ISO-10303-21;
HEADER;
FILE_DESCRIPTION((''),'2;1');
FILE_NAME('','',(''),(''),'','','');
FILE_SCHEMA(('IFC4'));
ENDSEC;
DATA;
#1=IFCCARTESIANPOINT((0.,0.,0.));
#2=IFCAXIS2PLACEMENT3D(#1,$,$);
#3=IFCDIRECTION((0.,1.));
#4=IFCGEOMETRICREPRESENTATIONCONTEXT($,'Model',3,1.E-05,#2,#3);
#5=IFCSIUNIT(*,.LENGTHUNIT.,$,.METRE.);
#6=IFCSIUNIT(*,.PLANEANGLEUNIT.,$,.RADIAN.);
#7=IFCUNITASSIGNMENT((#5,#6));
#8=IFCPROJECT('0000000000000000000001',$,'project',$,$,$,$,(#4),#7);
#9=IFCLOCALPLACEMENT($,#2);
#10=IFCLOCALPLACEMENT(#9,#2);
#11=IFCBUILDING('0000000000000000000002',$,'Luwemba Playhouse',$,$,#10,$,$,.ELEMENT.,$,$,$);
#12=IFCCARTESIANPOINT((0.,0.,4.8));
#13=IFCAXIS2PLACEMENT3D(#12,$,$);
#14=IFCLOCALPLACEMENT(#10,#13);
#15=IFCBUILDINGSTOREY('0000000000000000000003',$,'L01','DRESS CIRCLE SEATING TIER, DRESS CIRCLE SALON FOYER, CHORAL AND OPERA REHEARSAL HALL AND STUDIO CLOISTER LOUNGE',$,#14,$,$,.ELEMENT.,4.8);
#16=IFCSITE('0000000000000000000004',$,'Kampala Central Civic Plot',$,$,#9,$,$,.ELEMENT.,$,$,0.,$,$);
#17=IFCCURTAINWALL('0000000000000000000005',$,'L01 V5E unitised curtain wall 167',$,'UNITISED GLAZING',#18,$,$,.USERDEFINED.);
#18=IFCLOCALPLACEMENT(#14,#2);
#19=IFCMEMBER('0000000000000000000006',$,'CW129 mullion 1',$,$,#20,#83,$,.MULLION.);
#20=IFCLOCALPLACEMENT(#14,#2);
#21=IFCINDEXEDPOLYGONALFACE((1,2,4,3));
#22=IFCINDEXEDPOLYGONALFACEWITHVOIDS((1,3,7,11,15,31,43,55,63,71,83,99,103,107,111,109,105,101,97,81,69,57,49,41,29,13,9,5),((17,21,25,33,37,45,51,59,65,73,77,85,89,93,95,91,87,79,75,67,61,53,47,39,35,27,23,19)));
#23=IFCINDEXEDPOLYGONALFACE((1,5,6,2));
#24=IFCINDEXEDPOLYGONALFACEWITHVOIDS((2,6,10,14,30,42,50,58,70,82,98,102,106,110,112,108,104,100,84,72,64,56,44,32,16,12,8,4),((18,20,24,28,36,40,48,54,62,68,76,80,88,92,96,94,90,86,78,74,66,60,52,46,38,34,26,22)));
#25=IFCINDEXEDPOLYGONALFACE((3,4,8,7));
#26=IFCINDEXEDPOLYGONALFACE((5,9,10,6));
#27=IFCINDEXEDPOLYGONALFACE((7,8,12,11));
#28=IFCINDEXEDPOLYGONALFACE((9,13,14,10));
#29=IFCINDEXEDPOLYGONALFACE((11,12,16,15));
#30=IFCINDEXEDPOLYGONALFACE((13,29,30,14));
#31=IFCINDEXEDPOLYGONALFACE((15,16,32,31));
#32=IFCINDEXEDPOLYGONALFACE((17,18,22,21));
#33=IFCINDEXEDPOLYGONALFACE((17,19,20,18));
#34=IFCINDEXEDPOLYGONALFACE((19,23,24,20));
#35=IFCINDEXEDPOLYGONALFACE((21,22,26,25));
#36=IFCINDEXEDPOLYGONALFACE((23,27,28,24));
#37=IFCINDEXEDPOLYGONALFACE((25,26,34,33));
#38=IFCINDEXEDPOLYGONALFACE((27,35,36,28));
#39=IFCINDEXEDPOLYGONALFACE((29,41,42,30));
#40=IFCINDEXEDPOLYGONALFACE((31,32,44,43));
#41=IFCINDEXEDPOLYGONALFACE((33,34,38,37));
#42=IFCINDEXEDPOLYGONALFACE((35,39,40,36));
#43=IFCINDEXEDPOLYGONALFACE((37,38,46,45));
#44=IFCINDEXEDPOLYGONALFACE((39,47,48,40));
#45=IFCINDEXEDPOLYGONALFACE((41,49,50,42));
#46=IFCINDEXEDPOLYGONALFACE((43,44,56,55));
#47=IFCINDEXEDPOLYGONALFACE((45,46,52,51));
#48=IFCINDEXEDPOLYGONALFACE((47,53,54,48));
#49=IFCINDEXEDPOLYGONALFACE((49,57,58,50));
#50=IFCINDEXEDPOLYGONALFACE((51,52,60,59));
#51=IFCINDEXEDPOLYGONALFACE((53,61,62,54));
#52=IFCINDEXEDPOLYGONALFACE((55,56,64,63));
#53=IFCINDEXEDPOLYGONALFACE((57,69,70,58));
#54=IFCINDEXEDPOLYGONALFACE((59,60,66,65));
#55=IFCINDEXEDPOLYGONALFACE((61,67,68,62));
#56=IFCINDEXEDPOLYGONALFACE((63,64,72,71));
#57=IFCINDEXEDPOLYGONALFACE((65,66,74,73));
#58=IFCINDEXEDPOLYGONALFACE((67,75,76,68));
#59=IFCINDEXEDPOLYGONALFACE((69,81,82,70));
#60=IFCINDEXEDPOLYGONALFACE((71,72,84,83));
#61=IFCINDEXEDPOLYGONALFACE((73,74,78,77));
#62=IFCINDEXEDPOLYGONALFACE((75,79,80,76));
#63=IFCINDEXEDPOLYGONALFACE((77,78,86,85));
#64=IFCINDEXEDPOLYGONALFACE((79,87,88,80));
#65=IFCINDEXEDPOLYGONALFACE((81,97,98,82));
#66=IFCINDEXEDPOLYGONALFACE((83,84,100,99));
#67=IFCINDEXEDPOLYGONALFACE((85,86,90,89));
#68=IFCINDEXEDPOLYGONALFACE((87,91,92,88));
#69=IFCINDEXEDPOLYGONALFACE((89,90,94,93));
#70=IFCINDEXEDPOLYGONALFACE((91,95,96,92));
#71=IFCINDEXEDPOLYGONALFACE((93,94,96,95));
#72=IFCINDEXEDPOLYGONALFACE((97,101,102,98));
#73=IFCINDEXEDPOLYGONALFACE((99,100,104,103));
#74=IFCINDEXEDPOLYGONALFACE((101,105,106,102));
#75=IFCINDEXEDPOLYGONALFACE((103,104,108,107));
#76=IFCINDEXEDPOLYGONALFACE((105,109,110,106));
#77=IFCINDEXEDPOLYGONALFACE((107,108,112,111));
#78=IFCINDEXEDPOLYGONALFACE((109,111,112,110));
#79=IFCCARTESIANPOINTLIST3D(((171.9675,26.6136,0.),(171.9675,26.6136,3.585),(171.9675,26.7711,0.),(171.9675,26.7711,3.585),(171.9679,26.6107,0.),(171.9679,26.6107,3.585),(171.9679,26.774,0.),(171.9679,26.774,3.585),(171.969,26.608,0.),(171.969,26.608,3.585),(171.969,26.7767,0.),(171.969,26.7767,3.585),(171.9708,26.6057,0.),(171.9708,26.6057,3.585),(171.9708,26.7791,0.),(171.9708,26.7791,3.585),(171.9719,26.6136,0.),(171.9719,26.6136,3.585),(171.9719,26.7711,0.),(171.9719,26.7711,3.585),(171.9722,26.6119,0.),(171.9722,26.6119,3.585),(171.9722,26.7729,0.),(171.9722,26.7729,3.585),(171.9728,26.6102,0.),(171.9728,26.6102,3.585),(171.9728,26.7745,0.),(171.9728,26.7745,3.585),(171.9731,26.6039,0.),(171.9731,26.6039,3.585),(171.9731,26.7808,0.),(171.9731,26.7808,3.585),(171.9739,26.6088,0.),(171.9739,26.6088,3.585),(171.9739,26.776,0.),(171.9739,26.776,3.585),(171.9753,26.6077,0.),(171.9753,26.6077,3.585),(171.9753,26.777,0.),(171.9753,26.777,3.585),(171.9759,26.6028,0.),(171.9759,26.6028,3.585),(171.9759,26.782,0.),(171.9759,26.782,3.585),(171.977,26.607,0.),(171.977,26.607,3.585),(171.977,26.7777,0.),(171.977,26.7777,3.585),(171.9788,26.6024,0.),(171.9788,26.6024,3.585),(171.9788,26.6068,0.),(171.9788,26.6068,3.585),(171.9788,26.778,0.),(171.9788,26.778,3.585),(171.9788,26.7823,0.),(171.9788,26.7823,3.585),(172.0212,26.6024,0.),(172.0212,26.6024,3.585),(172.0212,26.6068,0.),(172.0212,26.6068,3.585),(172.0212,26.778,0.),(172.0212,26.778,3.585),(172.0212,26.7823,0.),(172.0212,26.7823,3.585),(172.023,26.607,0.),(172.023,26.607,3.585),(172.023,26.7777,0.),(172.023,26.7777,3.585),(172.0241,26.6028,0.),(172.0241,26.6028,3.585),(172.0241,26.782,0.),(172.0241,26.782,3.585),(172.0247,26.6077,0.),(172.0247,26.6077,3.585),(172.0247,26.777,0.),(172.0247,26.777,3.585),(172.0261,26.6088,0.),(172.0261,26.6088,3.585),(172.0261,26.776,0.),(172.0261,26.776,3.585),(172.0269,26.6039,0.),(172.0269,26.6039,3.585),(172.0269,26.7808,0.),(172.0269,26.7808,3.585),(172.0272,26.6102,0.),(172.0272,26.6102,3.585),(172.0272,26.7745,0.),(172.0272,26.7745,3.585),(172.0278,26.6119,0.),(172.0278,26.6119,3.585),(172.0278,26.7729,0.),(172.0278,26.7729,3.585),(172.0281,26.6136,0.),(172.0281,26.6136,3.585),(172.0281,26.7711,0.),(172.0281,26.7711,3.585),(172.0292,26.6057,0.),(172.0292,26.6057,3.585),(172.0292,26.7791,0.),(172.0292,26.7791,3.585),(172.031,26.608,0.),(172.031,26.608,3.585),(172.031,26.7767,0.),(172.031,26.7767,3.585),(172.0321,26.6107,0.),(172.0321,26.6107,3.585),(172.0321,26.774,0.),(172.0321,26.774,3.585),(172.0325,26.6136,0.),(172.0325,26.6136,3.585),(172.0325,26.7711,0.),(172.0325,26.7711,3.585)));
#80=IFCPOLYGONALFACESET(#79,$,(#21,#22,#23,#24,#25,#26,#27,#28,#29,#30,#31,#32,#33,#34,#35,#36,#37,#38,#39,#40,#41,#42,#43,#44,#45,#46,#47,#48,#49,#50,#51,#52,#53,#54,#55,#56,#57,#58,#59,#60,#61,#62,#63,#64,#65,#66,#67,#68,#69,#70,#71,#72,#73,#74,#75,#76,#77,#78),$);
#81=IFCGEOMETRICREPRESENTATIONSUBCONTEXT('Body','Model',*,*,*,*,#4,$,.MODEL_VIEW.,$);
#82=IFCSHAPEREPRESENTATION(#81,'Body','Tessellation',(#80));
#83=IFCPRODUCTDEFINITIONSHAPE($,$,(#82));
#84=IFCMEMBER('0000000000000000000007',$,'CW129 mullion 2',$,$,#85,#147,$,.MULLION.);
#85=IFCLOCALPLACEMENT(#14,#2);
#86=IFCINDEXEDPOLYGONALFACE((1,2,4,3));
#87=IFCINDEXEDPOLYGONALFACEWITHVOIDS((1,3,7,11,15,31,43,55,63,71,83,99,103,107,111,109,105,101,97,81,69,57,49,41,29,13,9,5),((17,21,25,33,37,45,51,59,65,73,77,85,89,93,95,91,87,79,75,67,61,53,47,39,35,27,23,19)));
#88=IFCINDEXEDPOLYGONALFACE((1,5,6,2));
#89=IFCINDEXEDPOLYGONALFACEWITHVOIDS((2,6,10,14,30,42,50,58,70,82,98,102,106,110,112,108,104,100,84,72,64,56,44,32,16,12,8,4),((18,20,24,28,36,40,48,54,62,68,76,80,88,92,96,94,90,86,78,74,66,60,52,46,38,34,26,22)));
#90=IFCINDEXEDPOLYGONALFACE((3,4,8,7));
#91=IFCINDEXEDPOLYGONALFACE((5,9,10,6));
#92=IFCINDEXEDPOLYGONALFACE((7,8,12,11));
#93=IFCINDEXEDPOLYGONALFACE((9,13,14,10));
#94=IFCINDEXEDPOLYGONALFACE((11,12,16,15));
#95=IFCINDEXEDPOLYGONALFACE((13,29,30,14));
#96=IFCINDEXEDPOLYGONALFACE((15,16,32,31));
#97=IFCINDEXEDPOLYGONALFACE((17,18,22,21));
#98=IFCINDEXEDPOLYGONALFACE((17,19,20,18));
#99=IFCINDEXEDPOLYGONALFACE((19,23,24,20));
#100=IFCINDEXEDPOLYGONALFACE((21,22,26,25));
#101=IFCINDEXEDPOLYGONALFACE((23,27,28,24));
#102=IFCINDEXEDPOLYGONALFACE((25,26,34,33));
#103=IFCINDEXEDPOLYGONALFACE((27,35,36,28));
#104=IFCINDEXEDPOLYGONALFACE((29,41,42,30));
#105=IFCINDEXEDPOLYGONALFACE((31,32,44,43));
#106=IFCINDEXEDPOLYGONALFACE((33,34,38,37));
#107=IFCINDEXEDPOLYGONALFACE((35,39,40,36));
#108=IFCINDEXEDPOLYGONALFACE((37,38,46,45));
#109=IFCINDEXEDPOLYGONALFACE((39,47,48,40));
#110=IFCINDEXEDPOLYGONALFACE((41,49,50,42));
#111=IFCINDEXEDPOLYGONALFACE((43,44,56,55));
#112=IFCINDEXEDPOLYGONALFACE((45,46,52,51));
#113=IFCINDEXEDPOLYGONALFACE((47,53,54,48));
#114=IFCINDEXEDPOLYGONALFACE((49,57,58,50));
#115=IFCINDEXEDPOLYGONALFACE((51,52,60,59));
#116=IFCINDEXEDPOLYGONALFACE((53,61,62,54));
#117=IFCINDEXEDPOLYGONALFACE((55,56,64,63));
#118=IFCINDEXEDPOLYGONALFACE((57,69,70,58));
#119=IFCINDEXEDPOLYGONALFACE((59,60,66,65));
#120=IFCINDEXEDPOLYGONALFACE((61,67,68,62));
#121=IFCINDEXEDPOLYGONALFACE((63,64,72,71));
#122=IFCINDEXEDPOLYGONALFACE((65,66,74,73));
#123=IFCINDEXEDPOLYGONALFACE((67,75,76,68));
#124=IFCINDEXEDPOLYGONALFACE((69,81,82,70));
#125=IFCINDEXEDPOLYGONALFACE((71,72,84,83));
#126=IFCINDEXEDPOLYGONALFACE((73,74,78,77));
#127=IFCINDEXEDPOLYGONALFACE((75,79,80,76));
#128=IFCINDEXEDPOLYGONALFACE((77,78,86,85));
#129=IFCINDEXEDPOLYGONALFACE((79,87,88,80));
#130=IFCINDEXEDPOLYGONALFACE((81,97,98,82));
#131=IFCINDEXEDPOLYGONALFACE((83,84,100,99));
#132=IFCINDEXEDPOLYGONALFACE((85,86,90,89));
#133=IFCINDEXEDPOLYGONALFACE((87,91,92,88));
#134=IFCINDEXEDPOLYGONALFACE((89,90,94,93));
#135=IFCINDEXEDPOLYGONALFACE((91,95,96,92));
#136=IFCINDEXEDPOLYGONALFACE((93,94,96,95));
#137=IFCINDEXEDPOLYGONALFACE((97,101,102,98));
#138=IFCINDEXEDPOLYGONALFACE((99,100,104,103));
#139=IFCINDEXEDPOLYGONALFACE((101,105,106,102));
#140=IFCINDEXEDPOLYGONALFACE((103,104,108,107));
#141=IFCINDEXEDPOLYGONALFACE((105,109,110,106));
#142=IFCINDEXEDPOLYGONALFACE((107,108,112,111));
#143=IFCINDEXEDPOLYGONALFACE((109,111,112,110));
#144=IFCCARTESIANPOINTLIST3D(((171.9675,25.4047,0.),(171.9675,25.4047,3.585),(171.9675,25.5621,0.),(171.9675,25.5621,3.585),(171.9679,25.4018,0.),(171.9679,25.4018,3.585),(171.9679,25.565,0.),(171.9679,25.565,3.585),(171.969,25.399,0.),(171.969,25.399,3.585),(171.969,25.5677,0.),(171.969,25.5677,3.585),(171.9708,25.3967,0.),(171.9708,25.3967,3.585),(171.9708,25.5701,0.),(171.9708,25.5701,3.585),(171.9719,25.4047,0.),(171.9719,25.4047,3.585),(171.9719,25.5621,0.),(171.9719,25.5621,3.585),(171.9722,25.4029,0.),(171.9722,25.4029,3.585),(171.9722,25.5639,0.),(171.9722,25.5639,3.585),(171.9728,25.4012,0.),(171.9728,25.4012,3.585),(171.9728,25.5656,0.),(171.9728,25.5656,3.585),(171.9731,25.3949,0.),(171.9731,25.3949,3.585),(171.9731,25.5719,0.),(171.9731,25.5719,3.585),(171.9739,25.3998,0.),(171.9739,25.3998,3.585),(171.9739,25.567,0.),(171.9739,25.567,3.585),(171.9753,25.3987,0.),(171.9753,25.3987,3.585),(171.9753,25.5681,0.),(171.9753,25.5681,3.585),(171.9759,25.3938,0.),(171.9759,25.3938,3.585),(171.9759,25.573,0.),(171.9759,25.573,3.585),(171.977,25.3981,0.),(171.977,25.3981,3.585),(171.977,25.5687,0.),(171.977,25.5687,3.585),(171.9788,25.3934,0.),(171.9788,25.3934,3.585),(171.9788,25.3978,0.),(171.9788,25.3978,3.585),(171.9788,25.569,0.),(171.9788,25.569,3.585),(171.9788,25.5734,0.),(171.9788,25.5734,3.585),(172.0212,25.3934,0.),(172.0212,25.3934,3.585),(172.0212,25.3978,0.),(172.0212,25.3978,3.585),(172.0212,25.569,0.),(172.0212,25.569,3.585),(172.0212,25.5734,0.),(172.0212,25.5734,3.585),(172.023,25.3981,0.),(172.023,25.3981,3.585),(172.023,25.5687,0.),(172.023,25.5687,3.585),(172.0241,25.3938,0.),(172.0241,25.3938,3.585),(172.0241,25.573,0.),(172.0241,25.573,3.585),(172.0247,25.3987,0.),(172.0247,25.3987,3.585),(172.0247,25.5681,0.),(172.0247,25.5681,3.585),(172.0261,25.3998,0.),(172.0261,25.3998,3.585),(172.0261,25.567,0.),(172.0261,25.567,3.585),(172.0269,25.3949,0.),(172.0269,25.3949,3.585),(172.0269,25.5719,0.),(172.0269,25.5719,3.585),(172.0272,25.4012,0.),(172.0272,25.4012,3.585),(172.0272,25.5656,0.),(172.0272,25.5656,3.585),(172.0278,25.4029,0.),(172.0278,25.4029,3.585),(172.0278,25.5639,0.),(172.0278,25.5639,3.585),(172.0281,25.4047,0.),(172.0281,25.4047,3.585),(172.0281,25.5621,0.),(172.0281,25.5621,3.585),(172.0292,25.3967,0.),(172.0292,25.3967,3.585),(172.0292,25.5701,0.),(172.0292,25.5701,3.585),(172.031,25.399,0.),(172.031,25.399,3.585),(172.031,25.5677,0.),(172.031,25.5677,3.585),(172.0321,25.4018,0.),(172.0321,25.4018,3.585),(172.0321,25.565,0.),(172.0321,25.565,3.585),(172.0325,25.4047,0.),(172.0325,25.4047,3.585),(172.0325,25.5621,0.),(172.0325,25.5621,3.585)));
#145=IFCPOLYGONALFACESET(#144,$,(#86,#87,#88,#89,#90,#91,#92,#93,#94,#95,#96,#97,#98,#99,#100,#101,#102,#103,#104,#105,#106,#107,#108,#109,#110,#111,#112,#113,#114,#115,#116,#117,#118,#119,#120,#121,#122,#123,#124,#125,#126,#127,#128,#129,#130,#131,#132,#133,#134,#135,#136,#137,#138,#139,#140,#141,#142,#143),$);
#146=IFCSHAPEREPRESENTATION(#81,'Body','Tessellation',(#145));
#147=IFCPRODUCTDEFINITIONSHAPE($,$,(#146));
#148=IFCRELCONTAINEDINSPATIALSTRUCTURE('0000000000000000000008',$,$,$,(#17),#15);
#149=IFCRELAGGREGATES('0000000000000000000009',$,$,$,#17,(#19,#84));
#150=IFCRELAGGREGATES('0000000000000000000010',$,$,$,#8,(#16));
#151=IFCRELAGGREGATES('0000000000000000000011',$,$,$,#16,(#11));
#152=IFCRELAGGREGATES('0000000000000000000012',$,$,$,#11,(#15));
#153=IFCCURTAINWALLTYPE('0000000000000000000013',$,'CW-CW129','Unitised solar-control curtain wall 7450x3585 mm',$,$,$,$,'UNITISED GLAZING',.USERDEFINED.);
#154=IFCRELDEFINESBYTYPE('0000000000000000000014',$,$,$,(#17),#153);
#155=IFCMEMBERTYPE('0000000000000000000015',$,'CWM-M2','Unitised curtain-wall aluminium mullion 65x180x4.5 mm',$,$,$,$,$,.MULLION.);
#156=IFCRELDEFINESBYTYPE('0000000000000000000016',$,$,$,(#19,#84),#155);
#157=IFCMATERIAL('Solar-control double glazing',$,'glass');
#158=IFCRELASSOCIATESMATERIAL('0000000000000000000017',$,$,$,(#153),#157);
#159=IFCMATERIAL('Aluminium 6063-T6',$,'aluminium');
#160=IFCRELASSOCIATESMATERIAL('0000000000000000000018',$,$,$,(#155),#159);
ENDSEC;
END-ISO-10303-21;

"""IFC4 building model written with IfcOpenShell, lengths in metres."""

from ifc_helpers import new_model, si_unit, direction, frame, origin, origin_2d, place, context, subcontext, project, spatial, hollow_rectangle, extrude, material, material_profile, profile_set, type_object, element, aggregate, save


model = new_model("IFC4")

# Units and contexts
model_context = context("Model", 3, precision=1e-05, world=origin(), true_north=direction((0.0, 1.0)))
body_context = subcontext(model_context, "Body", "Model", "MODEL_VIEW")
ifc_project = project(units=[si_unit("LENGTHUNIT", "METRE"), si_unit("PLANEANGLEUNIT", "RADIAN")], contexts=[model_context])

# Site, building, storey
site_placement = place(None, origin())
site = spatial("IfcSite", under=ifc_project, at=site_placement, Name="Kampala Central Civic Plot", CompositionType="ELEMENT", RefElevation=0.0)
building_placement = place(site_placement, origin())
building = spatial("IfcBuilding", under=site, at=building_placement, Name="Luwemba Playhouse", CompositionType="ELEMENT")
storey_placement = place(building_placement, frame((0.0, 0.0, 4.8)))
storey = spatial("IfcBuildingStorey", under=building, at=storey_placement, Name="L01", Description="DRESS CIRCLE SEATING TIER, DRESS CIRCLE SALON FOYER, CHORAL AND OPERA REHEARSAL HALL AND STUDIO CLOISTER LOUNGE", CompositionType="ELEMENT", Elevation=4.8)

# Curtain wall, members
ifc_material_1 = material(Name="Solar-control double glazing", Category="glass")
curtain_wall_type = type_object("IfcCurtainWallType", Name="CW-CW129", Description="Unitised solar-control curtain wall 7450x3585 mm", ElementType="UNITISED GLAZING", PredefinedType="USERDEFINED", material=ifc_material_1)
curtain_wall_placement = place(storey_placement, origin())
curtain_wall = element("IfcCurtainWall", 1, at=curtain_wall_placement, inside=storey, type_object=curtain_wall_type, Name="L01 V5E unitised curtain wall 167", ObjectType="UNITISED GLAZING", PredefinedType="USERDEFINED")
ifc_material_2 = material(Name="Aluminium 6063-T6", Category="aluminium")
ifc_material_profile_1 = material_profile(ifc_material_2, hollow_rectangle(XDim=0.0649, YDim=0.1799, WallThickness=0.0044, InnerFilletRadius=0.0068, OuterFilletRadius=0.0112, at=origin_2d()))
ifc_profile_set_1 = profile_set([ifc_material_profile_1], Name="Aluminium 6063-T6")
member_type_1 = type_object("IfcMemberType", Name="CWM-M2", Description="Unitised curtain-wall aluminium mullion 65x180x4.5 mm", PredefinedType="MULLION", material=ifc_profile_set_1)
member_1_placement = place(storey_placement, frame((172.0, 26.6924, 0.0), z_axis=(0.0, 0.0, 1.0), x_axis=(1.0, 0.0, 0.0)))
member_1 = element("IfcMember", 2, at=member_1_placement, type_object=member_type_1, Name="CW129 mullion 1", PredefinedType="MULLION", context=body_context, shape_type="SweptSolid", body=[
    extrude(hollow_rectangle(XDim=0.0649, YDim=0.1799, WallThickness=0.0044, InnerFilletRadius=0.0068, OuterFilletRadius=0.0112, at=origin_2d()), origin(), (0.0, 0.0, 1.0), 3.585),
])
member_2_placement = place(storey_placement, frame((172.0, 25.4834, 0.0), z_axis=(0.0, 0.0, 1.0), x_axis=(1.0, 0.0, 0.0)))
member_2 = element("IfcMember", 3, at=member_2_placement, type_object=member_type_1, Name="CW129 mullion 2", PredefinedType="MULLION", context=body_context, shape_type="SweptSolid", body=[
    extrude(hollow_rectangle(XDim=0.0649, YDim=0.1799, WallThickness=0.0044, InnerFilletRadius=0.0068, OuterFilletRadius=0.0112, at=origin_2d()), origin(), (0.0, 0.0, 1.0), 3.585),
])

aggregate(curtain_wall, [member_1, member_2])

save(model, "model.ifc")
